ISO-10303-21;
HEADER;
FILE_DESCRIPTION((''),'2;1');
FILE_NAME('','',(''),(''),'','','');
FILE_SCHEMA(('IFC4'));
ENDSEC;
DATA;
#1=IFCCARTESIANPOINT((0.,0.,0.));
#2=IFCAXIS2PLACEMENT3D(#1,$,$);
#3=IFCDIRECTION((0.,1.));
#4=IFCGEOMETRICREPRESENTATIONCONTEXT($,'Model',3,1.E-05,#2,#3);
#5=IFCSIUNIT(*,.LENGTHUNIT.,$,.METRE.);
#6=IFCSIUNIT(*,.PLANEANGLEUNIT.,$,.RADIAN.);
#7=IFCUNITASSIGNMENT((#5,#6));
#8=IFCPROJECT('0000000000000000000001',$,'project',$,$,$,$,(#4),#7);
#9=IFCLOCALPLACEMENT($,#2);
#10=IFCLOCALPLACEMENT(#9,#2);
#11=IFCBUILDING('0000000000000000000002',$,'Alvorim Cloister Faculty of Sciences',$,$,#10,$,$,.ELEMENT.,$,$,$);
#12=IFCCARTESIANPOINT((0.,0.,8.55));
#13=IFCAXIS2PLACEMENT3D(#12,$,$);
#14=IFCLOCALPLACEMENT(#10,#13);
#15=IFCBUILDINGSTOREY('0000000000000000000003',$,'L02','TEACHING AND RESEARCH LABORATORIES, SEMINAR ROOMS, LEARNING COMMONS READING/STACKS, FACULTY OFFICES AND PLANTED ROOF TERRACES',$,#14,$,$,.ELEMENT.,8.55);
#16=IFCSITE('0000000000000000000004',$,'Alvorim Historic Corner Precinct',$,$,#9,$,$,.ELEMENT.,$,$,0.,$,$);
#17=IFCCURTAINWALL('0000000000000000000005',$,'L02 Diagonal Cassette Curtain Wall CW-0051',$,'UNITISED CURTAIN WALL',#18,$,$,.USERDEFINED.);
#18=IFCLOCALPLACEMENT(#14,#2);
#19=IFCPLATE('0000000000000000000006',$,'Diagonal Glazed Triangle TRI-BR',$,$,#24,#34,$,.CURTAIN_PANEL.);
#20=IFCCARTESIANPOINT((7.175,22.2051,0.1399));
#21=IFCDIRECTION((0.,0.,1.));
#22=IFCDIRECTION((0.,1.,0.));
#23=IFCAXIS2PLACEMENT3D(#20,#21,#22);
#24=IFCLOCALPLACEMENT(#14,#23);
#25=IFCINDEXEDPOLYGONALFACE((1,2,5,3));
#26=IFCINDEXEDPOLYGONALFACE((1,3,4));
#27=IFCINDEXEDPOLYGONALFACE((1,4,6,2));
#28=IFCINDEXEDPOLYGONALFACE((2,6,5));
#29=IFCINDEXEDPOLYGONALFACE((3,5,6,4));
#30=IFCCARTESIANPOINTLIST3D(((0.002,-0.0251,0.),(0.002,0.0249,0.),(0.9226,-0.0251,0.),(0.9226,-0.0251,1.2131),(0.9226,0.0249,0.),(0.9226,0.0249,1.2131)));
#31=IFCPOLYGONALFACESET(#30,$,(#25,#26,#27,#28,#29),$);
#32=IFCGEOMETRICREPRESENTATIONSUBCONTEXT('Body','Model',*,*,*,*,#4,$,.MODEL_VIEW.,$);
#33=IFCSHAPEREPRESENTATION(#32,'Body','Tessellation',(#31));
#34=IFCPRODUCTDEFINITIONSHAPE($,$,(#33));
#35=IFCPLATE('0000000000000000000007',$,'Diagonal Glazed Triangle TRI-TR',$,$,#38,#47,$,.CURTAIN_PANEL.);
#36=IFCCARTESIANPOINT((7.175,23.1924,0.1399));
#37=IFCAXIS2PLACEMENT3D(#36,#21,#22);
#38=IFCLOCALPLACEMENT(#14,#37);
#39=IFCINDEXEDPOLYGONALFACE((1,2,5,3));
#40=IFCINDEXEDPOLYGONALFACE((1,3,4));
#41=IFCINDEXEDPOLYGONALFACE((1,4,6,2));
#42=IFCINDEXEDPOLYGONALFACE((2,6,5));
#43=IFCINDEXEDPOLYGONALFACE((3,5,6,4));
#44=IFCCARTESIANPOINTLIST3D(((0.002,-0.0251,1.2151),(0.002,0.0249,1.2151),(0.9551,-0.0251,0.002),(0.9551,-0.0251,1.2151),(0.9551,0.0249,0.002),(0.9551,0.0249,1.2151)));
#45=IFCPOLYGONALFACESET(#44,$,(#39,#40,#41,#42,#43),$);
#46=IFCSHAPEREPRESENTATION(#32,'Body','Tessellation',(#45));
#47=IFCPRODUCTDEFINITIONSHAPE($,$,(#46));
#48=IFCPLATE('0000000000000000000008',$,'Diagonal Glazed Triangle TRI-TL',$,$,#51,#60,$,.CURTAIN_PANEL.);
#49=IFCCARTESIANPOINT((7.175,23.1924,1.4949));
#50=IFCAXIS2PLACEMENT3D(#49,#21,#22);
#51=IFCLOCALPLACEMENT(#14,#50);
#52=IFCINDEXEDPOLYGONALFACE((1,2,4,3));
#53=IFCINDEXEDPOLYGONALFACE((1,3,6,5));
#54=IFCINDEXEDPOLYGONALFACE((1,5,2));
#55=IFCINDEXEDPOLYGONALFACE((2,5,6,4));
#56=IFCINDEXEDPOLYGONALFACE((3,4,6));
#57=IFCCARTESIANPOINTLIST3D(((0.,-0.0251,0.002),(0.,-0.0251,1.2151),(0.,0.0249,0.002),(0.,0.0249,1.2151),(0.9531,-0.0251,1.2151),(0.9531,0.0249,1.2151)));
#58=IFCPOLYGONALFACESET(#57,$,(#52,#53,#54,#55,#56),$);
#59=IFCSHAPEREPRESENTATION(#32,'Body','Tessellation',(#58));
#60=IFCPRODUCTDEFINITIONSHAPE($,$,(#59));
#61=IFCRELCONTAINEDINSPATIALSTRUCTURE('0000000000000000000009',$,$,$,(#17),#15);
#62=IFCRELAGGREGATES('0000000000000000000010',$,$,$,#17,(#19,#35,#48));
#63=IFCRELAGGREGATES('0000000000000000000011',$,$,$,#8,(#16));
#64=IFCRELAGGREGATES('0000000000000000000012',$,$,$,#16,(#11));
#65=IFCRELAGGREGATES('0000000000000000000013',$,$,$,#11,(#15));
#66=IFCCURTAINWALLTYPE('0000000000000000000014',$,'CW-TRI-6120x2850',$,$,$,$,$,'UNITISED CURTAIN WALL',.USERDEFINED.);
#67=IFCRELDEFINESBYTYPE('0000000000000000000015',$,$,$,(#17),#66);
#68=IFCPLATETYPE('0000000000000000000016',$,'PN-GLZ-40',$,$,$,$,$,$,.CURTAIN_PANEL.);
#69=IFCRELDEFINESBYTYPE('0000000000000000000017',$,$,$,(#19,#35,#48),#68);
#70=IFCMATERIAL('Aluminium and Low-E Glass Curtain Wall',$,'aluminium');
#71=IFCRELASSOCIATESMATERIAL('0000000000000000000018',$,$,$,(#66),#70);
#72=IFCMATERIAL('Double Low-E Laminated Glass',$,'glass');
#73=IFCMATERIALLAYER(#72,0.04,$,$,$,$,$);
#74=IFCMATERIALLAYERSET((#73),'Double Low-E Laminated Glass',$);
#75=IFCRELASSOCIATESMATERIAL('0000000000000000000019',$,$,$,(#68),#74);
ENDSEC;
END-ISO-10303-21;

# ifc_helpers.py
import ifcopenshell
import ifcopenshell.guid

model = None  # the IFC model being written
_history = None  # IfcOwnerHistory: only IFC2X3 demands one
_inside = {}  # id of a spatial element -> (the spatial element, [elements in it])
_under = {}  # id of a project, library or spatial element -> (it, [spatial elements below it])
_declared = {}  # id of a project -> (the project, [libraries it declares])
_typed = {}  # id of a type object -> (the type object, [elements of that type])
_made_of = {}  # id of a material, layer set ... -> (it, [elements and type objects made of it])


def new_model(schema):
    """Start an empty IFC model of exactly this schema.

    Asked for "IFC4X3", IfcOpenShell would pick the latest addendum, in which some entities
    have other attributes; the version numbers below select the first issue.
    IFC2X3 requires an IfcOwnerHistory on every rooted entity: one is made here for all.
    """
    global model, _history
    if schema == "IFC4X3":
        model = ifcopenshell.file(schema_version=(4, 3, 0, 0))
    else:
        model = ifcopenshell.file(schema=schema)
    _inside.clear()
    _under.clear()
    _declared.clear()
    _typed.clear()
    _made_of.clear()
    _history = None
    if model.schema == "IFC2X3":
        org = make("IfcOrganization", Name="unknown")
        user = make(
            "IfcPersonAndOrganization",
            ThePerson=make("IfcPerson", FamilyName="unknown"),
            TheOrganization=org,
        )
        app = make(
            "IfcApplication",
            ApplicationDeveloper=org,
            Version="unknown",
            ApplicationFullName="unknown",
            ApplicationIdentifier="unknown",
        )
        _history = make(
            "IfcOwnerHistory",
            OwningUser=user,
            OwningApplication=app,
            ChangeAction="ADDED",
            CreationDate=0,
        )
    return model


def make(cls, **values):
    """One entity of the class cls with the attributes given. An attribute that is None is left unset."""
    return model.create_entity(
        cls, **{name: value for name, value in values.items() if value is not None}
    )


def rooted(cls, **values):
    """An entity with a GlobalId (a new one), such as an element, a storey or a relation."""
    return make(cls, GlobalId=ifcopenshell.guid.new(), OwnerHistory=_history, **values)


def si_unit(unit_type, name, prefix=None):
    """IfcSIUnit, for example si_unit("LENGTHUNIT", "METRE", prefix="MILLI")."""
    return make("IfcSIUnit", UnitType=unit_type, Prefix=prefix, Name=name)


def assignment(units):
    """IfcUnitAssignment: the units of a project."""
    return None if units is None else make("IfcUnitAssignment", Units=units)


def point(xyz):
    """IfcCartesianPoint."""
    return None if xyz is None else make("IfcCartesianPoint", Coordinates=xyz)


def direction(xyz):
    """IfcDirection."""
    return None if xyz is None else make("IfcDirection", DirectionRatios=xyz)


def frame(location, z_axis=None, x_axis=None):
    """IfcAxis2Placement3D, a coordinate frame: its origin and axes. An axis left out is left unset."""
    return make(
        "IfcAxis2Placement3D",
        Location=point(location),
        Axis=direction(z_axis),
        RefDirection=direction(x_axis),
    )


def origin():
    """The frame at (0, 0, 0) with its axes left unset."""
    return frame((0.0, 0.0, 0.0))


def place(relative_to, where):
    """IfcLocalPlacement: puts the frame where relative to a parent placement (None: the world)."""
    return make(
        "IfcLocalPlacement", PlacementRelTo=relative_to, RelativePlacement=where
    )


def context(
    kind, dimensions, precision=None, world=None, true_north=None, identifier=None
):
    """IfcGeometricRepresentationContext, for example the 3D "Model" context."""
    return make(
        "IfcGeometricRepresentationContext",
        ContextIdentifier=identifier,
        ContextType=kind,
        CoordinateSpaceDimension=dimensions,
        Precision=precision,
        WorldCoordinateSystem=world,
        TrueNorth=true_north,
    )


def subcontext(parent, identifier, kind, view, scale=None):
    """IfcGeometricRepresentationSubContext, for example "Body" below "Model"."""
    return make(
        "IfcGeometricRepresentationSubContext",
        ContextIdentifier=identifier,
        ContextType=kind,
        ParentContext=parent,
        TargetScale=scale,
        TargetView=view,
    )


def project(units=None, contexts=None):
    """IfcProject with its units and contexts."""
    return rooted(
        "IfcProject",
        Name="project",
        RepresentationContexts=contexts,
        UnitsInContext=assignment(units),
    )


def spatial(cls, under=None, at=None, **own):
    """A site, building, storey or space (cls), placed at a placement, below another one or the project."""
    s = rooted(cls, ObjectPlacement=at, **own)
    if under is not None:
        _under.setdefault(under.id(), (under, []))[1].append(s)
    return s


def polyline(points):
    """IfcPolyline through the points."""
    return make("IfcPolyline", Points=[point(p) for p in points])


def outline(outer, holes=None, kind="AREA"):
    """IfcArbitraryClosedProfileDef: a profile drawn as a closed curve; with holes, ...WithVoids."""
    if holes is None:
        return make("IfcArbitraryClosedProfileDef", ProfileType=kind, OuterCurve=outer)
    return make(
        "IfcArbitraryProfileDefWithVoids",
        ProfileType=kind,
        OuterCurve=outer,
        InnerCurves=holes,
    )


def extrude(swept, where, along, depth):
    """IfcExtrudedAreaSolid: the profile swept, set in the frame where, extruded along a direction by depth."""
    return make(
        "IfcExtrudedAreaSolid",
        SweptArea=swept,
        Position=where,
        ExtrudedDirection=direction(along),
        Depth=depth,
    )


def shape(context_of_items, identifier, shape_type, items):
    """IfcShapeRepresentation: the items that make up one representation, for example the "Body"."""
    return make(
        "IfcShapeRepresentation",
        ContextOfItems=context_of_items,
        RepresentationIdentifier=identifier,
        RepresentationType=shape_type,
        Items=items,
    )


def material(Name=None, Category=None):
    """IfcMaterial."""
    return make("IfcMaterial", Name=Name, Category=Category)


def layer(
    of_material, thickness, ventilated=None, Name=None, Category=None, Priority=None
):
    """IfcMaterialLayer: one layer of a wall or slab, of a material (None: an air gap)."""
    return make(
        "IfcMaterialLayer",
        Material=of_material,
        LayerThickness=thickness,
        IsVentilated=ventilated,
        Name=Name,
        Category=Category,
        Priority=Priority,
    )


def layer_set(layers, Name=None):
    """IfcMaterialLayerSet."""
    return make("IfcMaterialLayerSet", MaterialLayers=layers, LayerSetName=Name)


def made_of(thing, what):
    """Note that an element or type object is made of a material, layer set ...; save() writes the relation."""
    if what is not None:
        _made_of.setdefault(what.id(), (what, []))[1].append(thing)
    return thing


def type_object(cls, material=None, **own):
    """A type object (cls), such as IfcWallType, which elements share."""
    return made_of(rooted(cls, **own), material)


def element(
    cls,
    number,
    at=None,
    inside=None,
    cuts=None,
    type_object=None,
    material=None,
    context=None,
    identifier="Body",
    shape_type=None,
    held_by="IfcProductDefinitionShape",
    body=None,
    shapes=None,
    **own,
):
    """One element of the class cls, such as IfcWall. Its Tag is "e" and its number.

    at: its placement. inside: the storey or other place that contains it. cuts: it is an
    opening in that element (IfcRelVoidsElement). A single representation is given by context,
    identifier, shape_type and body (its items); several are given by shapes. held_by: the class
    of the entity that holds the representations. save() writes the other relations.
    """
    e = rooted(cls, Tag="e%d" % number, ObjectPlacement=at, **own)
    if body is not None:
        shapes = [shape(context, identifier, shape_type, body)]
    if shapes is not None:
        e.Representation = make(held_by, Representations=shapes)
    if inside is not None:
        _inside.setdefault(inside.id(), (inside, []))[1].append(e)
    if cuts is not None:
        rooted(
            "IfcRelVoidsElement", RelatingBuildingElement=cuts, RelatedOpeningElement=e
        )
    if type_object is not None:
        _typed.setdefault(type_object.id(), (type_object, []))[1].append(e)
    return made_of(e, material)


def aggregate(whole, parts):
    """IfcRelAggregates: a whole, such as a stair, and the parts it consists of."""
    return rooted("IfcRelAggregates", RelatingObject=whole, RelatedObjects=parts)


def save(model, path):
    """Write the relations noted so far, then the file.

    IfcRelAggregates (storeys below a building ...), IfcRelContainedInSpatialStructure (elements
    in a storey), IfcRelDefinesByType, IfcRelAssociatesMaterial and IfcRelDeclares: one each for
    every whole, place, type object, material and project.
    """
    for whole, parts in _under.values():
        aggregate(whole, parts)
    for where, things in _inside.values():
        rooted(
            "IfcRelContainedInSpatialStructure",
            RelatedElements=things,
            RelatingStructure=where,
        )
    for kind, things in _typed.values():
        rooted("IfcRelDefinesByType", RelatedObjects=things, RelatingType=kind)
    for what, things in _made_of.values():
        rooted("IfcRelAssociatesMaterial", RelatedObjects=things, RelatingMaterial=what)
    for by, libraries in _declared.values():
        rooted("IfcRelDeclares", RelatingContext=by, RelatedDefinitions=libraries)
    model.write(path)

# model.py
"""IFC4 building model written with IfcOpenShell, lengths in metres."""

from ifc_helpers import new_model, si_unit, direction, frame, origin, place, context, subcontext, project, spatial, polyline, outline, extrude, material, layer, layer_set, type_object, element, aggregate, save


model = new_model("IFC4")

# Units and contexts
model_context = context("Model", 3, precision=1e-05, world=origin(), true_north=direction((0.0, 1.0)))
body_context = subcontext(model_context, "Body", "Model", "MODEL_VIEW")
ifc_project = project(units=[si_unit("LENGTHUNIT", "METRE"), si_unit("PLANEANGLEUNIT", "RADIAN")], contexts=[model_context])

# Site, building, storey
site_placement = place(None, origin())
site = spatial("IfcSite", under=ifc_project, at=site_placement, Name="Alvorim Historic Corner Precinct", CompositionType="ELEMENT", RefElevation=0.0)
building_placement = place(site_placement, origin())
building = spatial("IfcBuilding", under=site, at=building_placement, Name="Alvorim Cloister Faculty of Sciences", CompositionType="ELEMENT")
storey_placement = place(building_placement, frame((0.0, 0.0, 8.55)))
storey = spatial("IfcBuildingStorey", under=building, at=storey_placement, Name="L02", Description="TEACHING AND RESEARCH LABORATORIES, SEMINAR ROOMS, LEARNING COMMONS READING/STACKS, FACULTY OFFICES AND PLANTED ROOF TERRACES", CompositionType="ELEMENT", Elevation=8.55)

# Curtain wall
ifc_material_1 = material(Name="Aluminium and Low-E Glass Curtain Wall", Category="aluminium")
curtain_wall_type = type_object("IfcCurtainWallType", Name="CW-TRI-6120x2850", ElementType="UNITISED CURTAIN WALL", PredefinedType="USERDEFINED", material=ifc_material_1)
curtain_wall_1_placement = place(storey_placement, origin())
curtain_wall_1 = element("IfcCurtainWall", 1, at=curtain_wall_1_placement, inside=storey, type_object=curtain_wall_type, Name="L02 Diagonal Cassette Curtain Wall CW-0051", ObjectType="UNITISED CURTAIN WALL", PredefinedType="USERDEFINED")

# Plates
ifc_material_2 = material(Name="Double Low-E Laminated Glass", Category="glass")
ifc_layer_1 = layer(ifc_material_2, 0.04)
ifc_layer_set_1 = layer_set([ifc_layer_1], Name="Double Low-E Laminated Glass")
plate_type_1 = type_object("IfcPlateType", Name="PN-GLZ-40", PredefinedType="CURTAIN_PANEL", material=ifc_layer_set_1)
plate_1_placement = place(storey_placement, frame((7.175, 22.2051, 0.1399), z_axis=(0.0, 0.0, 1.0), x_axis=(0.0, 1.0, 0.0)))
plate_1 = element("IfcPlate", 2, at=plate_1_placement, type_object=plate_type_1, Name="Diagonal Glazed Triangle TRI-BR", PredefinedType="CURTAIN_PANEL", context=body_context, shape_type="SweptSolid", body=[
    extrude(outline(polyline([(0.002, 0.0), (0.9226, 0.0), (0.9226, 1.2131), (0.002, 0.0)])), frame((0.0, 0.0249, 0.0), z_axis=(0.0, -1.0, 0.0), x_axis=(1.0, 0.0, 0.0)), (0.0, 0.0, 1.0), 0.05),
])
plate_2_placement = place(storey_placement, frame((7.175, 23.1924, 0.1399), z_axis=(0.0, 0.0, 1.0), x_axis=(0.0, 1.0, 0.0)))
plate_2 = element("IfcPlate", 3, at=plate_2_placement, type_object=plate_type_1, Name="Diagonal Glazed Triangle TRI-TR", PredefinedType="CURTAIN_PANEL", context=body_context, shape_type="SweptSolid", body=[
    extrude(outline(polyline([(0.9551, 0.002), (0.9551, 1.2151), (0.002, 1.2151), (0.9551, 0.002)])), frame((0.0, 0.0249, 0.0), z_axis=(0.0, -1.0, 0.0), x_axis=(1.0, 0.0, 0.0)), (0.0, 0.0, 1.0), 0.05),
])
plate_3_placement = place(storey_placement, frame((7.175, 23.1924, 1.4949), z_axis=(0.0, 0.0, 1.0), x_axis=(0.0, 1.0, 0.0)))
plate_3 = element("IfcPlate", 4, at=plate_3_placement, type_object=plate_type_1, Name="Diagonal Glazed Triangle TRI-TL", PredefinedType="CURTAIN_PANEL", context=body_context, shape_type="SweptSolid", body=[
    extrude(outline(polyline([(0.9531, 1.2151), (0.0, 1.2151), (0.0, 0.002), (0.9531, 1.2151)])), frame((0.0, 0.0249, 0.0), z_axis=(0.0, -1.0, 0.0), x_axis=(1.0, 0.0, 0.0)), (0.0, 0.0, 1.0), 0.05),
])
aggregate(curtain_wall_1, [plate_1, plate_2, plate_3])

save(model, "model.ifc")
